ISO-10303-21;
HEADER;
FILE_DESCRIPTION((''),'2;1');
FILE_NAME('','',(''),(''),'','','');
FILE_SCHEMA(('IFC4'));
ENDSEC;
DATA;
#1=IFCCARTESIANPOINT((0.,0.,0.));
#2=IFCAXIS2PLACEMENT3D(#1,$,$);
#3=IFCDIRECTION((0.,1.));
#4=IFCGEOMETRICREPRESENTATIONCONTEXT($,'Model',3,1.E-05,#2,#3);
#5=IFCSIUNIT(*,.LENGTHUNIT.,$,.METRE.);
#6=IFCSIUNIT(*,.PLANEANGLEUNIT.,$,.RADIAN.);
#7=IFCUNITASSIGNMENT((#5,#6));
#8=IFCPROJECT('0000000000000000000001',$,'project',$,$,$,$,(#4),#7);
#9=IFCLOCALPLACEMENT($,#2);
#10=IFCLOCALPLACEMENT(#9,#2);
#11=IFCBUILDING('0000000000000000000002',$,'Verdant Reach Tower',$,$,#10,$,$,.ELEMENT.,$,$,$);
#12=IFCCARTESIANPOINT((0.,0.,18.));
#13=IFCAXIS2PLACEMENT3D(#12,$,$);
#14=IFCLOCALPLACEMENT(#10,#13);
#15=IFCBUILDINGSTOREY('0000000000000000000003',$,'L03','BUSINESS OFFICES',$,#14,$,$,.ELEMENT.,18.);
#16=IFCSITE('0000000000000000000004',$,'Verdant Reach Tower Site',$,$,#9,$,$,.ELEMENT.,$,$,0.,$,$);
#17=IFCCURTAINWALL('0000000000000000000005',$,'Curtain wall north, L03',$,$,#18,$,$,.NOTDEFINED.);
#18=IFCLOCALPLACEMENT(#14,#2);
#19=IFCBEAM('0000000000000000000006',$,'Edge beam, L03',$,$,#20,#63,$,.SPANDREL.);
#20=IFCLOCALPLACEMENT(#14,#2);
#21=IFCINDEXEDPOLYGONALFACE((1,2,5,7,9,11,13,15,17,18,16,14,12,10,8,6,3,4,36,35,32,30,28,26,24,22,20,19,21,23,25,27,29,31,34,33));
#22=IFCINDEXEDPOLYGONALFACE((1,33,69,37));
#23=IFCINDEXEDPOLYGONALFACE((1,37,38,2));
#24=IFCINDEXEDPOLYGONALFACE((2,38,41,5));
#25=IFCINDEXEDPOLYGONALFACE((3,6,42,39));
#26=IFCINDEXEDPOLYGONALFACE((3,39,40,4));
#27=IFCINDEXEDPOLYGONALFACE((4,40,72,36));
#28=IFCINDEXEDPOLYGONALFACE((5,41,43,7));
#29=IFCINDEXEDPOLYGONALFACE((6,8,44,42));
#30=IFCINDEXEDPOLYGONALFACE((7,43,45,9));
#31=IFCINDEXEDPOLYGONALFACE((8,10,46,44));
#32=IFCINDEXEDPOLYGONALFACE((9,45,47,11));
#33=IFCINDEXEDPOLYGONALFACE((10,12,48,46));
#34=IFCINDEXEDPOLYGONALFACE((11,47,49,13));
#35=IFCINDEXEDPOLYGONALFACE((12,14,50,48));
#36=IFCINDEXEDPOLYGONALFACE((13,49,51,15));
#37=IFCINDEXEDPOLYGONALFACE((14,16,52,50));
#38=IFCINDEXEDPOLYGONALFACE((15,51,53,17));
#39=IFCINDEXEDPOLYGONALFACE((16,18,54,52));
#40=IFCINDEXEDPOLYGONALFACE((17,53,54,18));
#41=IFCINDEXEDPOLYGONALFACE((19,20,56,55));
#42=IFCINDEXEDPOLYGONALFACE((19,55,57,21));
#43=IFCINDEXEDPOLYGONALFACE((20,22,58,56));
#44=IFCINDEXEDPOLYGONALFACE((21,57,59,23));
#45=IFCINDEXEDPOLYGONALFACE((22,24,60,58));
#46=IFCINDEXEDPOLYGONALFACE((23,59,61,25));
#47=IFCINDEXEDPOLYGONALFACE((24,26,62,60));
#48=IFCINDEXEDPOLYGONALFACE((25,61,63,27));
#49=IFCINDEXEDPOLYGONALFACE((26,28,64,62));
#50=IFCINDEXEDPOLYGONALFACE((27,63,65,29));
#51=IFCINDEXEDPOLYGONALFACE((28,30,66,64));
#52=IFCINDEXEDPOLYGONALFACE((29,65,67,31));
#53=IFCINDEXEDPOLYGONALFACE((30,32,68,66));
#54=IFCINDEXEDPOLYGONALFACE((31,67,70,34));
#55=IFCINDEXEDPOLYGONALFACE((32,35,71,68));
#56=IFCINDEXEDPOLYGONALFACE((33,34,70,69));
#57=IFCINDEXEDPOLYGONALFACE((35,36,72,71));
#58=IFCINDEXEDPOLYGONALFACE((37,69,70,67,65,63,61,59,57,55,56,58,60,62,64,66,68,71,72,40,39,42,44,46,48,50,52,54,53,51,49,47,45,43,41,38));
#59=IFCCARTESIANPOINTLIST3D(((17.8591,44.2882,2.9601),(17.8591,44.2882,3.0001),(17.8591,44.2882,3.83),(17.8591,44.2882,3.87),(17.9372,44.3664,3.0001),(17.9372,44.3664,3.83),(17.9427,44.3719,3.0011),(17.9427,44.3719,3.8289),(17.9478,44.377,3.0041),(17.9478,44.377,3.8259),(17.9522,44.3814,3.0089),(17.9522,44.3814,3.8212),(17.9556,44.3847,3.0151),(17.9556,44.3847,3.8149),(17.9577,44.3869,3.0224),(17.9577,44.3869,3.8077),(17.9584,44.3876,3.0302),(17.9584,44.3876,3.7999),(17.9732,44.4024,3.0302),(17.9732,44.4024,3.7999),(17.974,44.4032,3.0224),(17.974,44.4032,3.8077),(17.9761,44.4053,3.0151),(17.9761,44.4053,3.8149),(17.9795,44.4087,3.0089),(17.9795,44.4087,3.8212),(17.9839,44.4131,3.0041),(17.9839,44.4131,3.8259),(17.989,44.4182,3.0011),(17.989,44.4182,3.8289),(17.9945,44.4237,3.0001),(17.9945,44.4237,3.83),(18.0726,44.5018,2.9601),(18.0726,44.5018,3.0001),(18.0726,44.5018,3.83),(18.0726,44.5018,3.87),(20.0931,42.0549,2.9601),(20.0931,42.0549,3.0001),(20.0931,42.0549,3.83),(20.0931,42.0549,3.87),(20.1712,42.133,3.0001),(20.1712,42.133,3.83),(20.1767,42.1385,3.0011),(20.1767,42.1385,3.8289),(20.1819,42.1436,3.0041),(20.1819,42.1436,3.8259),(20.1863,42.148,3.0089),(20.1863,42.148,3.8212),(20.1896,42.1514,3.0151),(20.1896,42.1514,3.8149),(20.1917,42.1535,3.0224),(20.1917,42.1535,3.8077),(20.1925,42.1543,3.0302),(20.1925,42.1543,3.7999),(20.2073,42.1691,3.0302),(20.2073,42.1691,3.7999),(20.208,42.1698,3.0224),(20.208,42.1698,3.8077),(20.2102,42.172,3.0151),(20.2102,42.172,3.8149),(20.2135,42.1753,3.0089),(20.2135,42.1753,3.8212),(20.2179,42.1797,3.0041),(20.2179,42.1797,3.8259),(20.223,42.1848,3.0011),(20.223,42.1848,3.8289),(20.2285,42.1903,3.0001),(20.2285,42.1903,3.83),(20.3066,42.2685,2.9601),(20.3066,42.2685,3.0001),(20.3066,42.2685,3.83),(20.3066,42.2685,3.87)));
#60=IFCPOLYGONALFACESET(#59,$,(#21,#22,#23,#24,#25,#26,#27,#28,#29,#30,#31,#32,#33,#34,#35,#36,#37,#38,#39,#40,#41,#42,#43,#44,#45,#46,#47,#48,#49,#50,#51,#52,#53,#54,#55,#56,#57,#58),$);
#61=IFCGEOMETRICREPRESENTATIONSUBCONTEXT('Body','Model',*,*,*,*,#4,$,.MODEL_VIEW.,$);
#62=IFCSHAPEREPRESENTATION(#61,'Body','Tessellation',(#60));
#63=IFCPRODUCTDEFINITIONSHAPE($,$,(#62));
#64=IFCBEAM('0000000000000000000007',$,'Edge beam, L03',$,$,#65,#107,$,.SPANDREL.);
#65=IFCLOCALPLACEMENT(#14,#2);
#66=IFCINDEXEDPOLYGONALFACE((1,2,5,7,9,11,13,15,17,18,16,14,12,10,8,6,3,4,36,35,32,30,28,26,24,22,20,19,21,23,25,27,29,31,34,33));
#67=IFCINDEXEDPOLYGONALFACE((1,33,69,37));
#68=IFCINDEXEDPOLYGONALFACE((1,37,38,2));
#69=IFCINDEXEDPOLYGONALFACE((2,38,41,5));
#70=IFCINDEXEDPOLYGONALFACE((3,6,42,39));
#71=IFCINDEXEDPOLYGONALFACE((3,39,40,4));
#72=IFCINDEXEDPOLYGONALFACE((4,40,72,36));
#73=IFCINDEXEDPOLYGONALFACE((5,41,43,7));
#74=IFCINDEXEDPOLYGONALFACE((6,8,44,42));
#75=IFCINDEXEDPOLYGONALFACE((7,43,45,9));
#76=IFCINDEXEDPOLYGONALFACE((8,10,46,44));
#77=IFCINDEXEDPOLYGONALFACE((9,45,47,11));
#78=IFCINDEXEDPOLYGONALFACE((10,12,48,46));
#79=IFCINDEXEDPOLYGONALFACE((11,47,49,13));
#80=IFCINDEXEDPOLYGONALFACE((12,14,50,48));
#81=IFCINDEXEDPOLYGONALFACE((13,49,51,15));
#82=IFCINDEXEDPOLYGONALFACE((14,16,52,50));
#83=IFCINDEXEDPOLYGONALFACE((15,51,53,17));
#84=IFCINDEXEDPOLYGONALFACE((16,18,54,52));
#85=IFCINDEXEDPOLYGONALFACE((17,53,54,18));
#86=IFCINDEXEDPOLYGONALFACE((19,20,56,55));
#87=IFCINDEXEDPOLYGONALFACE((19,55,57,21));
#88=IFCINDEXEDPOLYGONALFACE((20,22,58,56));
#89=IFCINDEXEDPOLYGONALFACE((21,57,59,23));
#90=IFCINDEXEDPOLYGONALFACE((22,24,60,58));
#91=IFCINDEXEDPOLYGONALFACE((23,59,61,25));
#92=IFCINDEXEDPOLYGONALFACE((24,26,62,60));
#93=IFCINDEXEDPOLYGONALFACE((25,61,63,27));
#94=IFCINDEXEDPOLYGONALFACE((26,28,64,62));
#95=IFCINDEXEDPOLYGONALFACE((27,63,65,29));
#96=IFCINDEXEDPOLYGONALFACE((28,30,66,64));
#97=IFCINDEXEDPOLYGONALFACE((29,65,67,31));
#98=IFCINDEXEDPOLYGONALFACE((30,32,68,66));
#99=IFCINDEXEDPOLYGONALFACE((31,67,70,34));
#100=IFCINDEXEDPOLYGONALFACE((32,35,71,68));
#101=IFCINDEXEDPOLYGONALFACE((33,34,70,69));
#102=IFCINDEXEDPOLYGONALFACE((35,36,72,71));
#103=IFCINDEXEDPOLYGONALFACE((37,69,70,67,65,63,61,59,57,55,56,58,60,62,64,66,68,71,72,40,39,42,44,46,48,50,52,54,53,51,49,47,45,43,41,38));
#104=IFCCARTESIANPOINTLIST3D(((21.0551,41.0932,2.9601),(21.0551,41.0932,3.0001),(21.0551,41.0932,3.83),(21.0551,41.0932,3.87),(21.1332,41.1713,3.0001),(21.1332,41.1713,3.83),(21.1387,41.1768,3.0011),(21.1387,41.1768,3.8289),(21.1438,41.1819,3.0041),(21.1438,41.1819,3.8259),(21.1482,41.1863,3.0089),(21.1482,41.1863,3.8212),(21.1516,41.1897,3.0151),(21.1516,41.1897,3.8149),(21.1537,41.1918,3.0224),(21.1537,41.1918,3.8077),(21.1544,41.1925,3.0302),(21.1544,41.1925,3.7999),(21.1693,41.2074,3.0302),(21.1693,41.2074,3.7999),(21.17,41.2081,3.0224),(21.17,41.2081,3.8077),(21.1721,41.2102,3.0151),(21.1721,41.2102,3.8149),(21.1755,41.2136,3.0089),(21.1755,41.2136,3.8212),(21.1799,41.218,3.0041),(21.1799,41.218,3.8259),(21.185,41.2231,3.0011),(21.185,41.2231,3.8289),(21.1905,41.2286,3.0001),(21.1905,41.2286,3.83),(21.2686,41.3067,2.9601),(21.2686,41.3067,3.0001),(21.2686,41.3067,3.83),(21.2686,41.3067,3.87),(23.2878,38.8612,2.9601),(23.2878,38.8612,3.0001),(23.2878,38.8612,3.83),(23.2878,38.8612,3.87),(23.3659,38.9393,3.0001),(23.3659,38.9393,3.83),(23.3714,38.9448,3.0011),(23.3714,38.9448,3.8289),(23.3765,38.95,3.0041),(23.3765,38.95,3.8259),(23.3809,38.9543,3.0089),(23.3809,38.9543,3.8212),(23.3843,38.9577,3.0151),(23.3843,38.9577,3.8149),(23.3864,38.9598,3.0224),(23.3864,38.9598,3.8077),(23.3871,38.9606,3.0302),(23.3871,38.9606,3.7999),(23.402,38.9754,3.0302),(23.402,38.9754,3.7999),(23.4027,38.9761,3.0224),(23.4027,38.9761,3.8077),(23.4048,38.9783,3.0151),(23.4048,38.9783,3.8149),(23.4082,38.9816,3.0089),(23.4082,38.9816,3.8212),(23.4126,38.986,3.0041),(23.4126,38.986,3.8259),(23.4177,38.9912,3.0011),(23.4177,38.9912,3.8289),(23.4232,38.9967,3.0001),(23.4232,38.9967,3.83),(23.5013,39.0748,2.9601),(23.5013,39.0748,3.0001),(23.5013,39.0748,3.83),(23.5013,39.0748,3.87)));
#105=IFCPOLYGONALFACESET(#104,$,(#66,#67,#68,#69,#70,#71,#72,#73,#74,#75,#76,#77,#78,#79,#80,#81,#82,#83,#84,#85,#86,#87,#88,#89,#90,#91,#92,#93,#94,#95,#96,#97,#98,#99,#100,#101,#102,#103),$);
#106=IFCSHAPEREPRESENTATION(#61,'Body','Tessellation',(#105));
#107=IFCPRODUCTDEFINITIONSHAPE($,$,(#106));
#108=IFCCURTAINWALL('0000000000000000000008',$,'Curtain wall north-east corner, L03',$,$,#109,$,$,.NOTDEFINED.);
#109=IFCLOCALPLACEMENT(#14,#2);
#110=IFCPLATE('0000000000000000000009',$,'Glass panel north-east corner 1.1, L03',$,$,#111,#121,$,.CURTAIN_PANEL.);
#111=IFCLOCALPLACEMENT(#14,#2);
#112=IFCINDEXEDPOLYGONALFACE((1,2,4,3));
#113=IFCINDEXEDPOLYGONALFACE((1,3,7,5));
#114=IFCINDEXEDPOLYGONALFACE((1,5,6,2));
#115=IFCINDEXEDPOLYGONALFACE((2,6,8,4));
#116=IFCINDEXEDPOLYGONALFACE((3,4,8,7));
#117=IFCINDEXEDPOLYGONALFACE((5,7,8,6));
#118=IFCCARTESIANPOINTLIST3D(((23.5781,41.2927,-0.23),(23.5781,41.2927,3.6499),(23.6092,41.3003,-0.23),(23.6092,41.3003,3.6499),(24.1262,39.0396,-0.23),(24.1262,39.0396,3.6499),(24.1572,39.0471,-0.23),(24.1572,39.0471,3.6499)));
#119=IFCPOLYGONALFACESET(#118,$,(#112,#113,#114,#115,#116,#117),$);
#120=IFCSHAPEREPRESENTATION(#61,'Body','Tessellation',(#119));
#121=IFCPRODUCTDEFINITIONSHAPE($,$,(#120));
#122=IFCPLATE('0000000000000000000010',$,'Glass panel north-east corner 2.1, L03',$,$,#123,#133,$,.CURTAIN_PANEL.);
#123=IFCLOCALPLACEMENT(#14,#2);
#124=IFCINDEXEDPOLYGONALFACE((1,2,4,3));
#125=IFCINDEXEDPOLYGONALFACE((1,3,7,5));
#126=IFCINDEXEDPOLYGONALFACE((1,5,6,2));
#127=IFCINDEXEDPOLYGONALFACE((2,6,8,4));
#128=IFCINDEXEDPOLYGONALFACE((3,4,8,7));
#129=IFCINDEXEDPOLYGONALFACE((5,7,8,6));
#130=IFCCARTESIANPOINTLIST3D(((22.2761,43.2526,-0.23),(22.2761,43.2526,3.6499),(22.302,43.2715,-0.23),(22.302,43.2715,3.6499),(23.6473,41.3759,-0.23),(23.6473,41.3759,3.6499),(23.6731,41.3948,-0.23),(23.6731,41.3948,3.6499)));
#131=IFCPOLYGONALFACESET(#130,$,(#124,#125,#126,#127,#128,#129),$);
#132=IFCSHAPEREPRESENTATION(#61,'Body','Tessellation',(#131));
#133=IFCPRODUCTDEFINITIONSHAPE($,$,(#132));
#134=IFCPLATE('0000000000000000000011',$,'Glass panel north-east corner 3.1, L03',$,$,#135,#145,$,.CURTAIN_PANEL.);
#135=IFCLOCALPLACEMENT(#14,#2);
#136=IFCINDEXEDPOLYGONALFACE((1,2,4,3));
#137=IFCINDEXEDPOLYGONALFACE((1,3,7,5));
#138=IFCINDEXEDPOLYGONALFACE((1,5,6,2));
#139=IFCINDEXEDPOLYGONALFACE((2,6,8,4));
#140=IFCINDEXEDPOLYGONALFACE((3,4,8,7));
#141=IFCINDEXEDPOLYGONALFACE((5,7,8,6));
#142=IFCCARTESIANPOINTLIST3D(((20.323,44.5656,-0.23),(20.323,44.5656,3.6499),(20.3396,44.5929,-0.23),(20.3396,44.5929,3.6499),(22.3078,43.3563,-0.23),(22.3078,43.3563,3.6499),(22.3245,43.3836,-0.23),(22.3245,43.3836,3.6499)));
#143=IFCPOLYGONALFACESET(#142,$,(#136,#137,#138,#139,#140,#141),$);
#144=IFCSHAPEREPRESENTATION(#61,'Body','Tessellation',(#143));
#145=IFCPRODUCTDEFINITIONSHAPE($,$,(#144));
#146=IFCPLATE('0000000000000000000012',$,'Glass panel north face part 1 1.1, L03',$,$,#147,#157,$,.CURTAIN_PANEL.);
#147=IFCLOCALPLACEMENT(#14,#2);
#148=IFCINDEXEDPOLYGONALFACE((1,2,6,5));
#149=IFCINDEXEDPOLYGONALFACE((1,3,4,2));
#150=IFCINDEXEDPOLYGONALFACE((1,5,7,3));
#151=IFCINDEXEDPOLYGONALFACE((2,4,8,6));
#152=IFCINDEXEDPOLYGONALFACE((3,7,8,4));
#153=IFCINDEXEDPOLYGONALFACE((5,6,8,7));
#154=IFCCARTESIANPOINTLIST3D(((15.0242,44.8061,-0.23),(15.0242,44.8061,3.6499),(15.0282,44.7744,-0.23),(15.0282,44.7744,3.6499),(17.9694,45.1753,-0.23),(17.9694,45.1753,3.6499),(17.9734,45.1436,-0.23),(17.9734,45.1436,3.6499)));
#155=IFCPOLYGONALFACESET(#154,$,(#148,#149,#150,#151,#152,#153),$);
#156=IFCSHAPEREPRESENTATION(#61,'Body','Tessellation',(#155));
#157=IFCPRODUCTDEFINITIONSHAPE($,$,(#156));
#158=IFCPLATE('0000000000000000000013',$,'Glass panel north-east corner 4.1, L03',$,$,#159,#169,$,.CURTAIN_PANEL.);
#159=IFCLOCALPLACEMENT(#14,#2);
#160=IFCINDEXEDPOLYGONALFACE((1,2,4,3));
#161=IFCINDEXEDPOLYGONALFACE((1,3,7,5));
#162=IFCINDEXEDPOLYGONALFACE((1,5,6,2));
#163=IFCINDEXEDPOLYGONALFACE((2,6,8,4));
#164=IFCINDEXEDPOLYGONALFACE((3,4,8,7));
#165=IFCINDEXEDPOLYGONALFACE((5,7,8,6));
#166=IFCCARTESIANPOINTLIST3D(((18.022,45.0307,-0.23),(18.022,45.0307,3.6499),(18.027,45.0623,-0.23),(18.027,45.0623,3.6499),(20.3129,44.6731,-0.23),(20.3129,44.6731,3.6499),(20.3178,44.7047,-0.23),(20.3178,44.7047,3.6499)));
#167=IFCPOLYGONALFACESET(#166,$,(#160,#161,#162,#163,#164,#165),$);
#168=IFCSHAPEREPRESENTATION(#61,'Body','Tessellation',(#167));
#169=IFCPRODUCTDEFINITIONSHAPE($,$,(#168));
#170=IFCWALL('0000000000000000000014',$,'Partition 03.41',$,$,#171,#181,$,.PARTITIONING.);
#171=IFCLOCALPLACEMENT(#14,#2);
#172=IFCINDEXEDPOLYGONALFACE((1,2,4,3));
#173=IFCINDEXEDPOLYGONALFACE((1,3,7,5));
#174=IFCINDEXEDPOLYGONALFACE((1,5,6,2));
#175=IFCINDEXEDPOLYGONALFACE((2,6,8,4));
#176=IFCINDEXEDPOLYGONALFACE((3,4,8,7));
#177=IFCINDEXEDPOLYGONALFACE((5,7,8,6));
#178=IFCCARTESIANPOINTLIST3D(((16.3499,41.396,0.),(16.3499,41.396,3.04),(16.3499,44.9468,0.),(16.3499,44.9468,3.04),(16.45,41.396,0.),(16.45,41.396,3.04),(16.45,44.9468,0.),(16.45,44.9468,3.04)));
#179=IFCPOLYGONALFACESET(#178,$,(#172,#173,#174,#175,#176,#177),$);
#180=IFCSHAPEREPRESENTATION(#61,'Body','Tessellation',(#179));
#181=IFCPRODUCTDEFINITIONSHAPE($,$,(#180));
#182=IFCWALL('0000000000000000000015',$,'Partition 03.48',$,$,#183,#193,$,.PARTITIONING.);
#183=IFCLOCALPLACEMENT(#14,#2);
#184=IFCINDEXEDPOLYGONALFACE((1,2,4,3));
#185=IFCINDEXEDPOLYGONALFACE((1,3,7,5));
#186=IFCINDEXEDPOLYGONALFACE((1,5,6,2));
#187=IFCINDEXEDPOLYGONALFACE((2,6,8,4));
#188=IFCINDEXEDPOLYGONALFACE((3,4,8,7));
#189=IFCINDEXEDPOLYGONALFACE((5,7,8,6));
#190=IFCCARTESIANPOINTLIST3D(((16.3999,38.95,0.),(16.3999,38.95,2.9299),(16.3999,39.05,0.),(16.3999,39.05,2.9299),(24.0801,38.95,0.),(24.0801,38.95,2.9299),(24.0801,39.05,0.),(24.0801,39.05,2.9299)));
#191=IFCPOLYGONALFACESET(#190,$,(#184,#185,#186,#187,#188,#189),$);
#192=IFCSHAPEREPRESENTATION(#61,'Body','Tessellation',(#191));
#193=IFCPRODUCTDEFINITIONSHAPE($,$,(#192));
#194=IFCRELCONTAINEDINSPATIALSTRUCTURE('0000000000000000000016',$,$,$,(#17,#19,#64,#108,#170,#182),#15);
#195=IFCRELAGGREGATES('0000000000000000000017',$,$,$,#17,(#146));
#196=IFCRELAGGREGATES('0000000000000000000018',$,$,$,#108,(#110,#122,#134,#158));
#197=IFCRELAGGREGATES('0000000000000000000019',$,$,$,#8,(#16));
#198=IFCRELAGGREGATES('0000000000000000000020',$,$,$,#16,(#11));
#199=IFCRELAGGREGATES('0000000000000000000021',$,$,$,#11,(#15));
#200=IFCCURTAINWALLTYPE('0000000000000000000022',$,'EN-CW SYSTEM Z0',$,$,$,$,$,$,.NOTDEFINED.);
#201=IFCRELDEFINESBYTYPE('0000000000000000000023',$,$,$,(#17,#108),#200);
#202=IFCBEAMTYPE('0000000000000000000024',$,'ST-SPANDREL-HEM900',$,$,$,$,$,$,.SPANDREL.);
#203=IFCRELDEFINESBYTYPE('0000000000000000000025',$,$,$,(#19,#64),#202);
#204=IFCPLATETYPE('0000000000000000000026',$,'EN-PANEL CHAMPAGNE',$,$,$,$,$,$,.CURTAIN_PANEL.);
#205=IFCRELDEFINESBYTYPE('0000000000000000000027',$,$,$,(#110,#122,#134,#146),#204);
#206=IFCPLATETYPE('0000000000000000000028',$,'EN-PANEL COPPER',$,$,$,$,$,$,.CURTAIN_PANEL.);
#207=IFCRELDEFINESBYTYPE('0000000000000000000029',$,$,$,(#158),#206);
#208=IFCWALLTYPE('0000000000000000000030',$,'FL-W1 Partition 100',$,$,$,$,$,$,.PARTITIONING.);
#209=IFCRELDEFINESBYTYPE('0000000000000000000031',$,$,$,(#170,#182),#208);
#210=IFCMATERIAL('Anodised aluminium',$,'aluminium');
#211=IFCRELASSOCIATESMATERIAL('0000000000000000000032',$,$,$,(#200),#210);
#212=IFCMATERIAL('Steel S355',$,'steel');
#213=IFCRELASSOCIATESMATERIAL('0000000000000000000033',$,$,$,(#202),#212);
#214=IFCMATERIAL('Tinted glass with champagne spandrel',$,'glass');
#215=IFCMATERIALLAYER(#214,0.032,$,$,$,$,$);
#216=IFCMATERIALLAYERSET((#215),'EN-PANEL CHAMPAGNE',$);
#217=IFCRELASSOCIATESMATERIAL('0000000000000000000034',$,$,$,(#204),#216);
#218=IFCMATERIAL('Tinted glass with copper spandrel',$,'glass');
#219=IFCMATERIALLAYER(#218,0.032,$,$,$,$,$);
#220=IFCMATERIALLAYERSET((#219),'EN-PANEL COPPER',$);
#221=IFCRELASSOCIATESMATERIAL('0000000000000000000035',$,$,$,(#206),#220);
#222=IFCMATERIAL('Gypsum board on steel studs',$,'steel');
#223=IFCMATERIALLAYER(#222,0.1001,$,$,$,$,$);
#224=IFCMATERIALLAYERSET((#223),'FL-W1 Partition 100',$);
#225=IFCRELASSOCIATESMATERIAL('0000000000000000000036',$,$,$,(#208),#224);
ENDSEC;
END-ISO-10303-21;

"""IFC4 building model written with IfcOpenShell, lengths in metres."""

from ifc_helpers import new_model, si_unit, direction, frame, frame_2d, origin, origin_2d, place, context, subcontext, project, spatial, rectangle, i_section, extrude, material, layer, layer_set, material_profile, profile_set, type_object, element, aggregate, save


model = new_model("IFC4")

# Units and contexts
model_context = context("Model", 3, precision=1e-05, world=origin(), true_north=direction((0.0, 1.0)))
body_context = subcontext(model_context, "Body", "Model", "MODEL_VIEW")
ifc_project = project(units=[si_unit("LENGTHUNIT", "METRE"), si_unit("PLANEANGLEUNIT", "RADIAN")], contexts=[model_context])

# Site, building, storey
site_placement = place(None, origin())
site = spatial("IfcSite", under=ifc_project, at=site_placement, Name="Verdant Reach Tower Site", CompositionType="ELEMENT", RefElevation=0.0)
building_placement = place(site_placement, origin())
building = spatial("IfcBuilding", under=site, at=building_placement, Name="Verdant Reach Tower", CompositionType="ELEMENT")
storey_placement = place(building_placement, frame((0.0, 0.0, 18.0)))
storey = spatial("IfcBuildingStorey", under=building, at=storey_placement, Name="L03", Description="BUSINESS OFFICES", CompositionType="ELEMENT", Elevation=18.0)

# Curtain wall
ifc_material_1 = material(Name="Anodised aluminium", Category="aluminium")
curtain_wall_type = type_object("IfcCurtainWallType", Name="EN-CW SYSTEM Z0", PredefinedType="NOTDEFINED", material=ifc_material_1)
curtain_wall_1_placement = place(storey_placement, origin())
curtain_wall_1 = element("IfcCurtainWall", 1, at=curtain_wall_1_placement, inside=storey, type_object=curtain_wall_type, Name="Curtain wall north, L03", PredefinedType="NOTDEFINED")

# Beams
ifc_material_2 = material(Name="Steel S355", Category="steel")
ifc_material_profile_1 = material_profile(ifc_material_2, i_section(OverallWidth=0.302, OverallDepth=0.9099, WebThickness=0.021, FlangeThickness=0.04, FilletRadius=0.03, at=origin_2d()), Name="HEM 900")
ifc_profile_set_1 = profile_set([ifc_material_profile_1], Name="Steel S355")
beam_type_1 = type_object("IfcBeamType", Name="ST-SPANDREL-HEM900", PredefinedType="SPANDREL", material=ifc_profile_set_1)
beam_1_placement = place(storey_placement, frame((17.9658, 44.395, 3.415), z_axis=(0.707223, -0.706991, 0.0), x_axis=(0.706991, 0.707223, 0.0)))
element("IfcBeam", 2, at=beam_1_placement, inside=storey, type_object=beam_type_1, Name="Edge beam, L03", PredefinedType="SPANDREL", context=body_context, shape_type="SweptSolid", body=[
    extrude(i_section(OverallWidth=0.302, OverallDepth=0.9099, WebThickness=0.021, FlangeThickness=0.04, FilletRadius=0.03, at=origin_2d()), origin(), (0.0, 0.0, 1.0), 3.1589),
])
beam_2_placement = place(storey_placement, frame((21.1619, 41.2, 3.415), z_axis=(0.707223, -0.706991, 0.0), x_axis=(0.706991, 0.707223, 0.0)))
element("IfcBeam", 3, at=beam_2_placement, inside=storey, type_object=beam_type_1, Name="Edge beam, L03", PredefinedType="SPANDREL", context=body_context, shape_type="SweptSolid", body=[
    extrude(i_section(OverallWidth=0.302, OverallDepth=0.9099, WebThickness=0.021, FlangeThickness=0.04, FilletRadius=0.03, at=origin_2d()), origin(), (0.0, 0.0, 1.0), 3.157),
])

# Curtain wall, plates
curtain_wall_2_placement = place(storey_placement, origin())
curtain_wall_2 = element("IfcCurtainWall", 4, at=curtain_wall_2_placement, inside=storey, type_object=curtain_wall_type, Name="Curtain wall north-east corner, L03", PredefinedType="NOTDEFINED")
ifc_material_3 = material(Name="Tinted glass with champagne spandrel", Category="glass")
ifc_layer_1 = layer(ifc_material_3, 0.032)
ifc_layer_set_1 = layer_set([ifc_layer_1], Name="EN-PANEL CHAMPAGNE")
plate_type_1 = type_object("IfcPlateType", Name="EN-PANEL CHAMPAGNE", PredefinedType="CURTAIN_PANEL", material=ifc_layer_set_1)
plate_1_placement = place(storey_placement, frame((23.8677, 40.1699, -0.23), z_axis=(0.0, 0.0, 1.0), x_axis=(-0.236347, 0.971669, 0.0)))
plate_1 = element("IfcPlate", 5, at=plate_1_placement, type_object=plate_type_1, Name="Glass panel north-east corner 1.1, L03", PredefinedType="CURTAIN_PANEL", context=body_context, shape_type="SweptSolid", body=[
    extrude(rectangle(XDim=2.3188, YDim=0.032, at=origin_2d()), origin(), (0.0, 0.0, 1.0), 3.8799),
])
plate_2_placement = place(storey_placement, frame((22.9746, 42.3237, -0.23), z_axis=(0.0, 0.0, 1.0), x_axis=(-0.589927, 0.807457, 0.0)))
plate_2 = element("IfcPlate", 6, at=plate_2_placement, type_object=plate_type_1, Name="Glass panel north-east corner 2.1, L03", PredefinedType="CURTAIN_PANEL", context=body_context, shape_type="SweptSolid", body=[
    extrude(rectangle(XDim=2.3242, YDim=0.032, at=origin_2d()), origin(), (0.0, 0.0, 1.0), 3.8799),
])
plate_3_placement = place(storey_placement, frame((21.3237, 43.9746, -0.23), z_axis=(0.0, 0.0, 1.0), x_axis=(-0.853989, 0.520292, 0.0)))
plate_3 = element("IfcPlate", 7, at=plate_3_placement, type_object=plate_type_1, Name="Glass panel north-east corner 3.1, L03", PredefinedType="CURTAIN_PANEL", context=body_context, shape_type="SweptSolid", body=[
    extrude(rectangle(XDim=2.3242, YDim=0.032, at=origin_2d()), origin(), (0.0, 0.0, 1.0), 3.8799),
])

# Plates
plate_4_placement = place(storey_placement, frame((16.4988, 44.9749, -0.23), z_axis=(0.0, 0.0, 1.0), x_axis=(-0.992234, -0.124384, 0.0)))
plate_4 = element("IfcPlate", 8, at=plate_4_placement, type_object=plate_type_1, Name="Glass panel north face part 1 1.1, L03", PredefinedType="CURTAIN_PANEL", context=body_context, shape_type="SweptSolid", body=[
    extrude(rectangle(XDim=2.9683, YDim=0.032, at=origin_2d()), origin(), (0.0, 0.0, 1.0), 3.8799),
])
aggregate(curtain_wall_1, [plate_4])
ifc_material_4 = material(Name="Tinted glass with copper spandrel", Category="glass")
ifc_layer_2 = layer(ifc_material_4, 0.032)
ifc_layer_set_2 = layer_set([ifc_layer_2], Name="EN-PANEL COPPER")
plate_type_2 = type_object("IfcPlateType", Name="EN-PANEL COPPER", PredefinedType="CURTAIN_PANEL", material=ifc_layer_set_2)
plate_5_placement = place(storey_placement, frame((19.1699, 44.8677, -0.23), z_axis=(0.0, 0.0, 1.0), x_axis=(-0.988035, 0.154233, 0.0)))
plate_5 = element("IfcPlate", 9, at=plate_5_placement, type_object=plate_type_2, Name="Glass panel north-east corner 4.1, L03", PredefinedType="CURTAIN_PANEL", context=body_context, shape_type="SweptSolid", body=[
    extrude(rectangle(XDim=2.3186, YDim=0.032, at=origin_2d()), origin(), (0.0, 0.0, 1.0), 3.8799),
])
aggregate(curtain_wall_2, [plate_1, plate_2, plate_3, plate_5])

# Walls
ifc_material_5 = material(Name="Gypsum board on steel studs", Category="steel")
ifc_layer_3 = layer(ifc_material_5, 0.1001)
ifc_layer_set_3 = layer_set([ifc_layer_3], Name="FL-W1 Partition 100")
wall_type_1 = type_object("IfcWallType", Name="FL-W1 Partition 100", PredefinedType="PARTITIONING", material=ifc_layer_set_3)
wall_1_placement = place(storey_placement, frame((16.3999, 41.396, 0.0), z_axis=(0.0, 0.0, 1.0), x_axis=(0.0, 1.0, 0.0)))
element("IfcWall", 10, at=wall_1_placement, inside=storey, type_object=wall_type_1, Name="Partition 03.41", PredefinedType="PARTITIONING", context=body_context, shape_type="SweptSolid", body=[
    extrude(rectangle(XDim=3.5508, YDim=0.1001, at=frame_2d((1.7754, 0.0))), origin(), (0.0, 0.0, 1.0), 3.04),
])
wall_2_placement = place(storey_placement, frame((24.0801, 39.0, 0.0), z_axis=(0.0, 0.0, 1.0), x_axis=(-1.0, 0.0, 0.0)))
element("IfcWall", 11, at=wall_2_placement, inside=storey, type_object=wall_type_1, Name="Partition 03.48", PredefinedType="PARTITIONING", context=body_context, shape_type="SweptSolid", body=[
    extrude(rectangle(XDim=7.6802, YDim=0.1001, at=frame_2d((3.8401, 0.0))), origin(), (0.0, 0.0, 1.0), 2.9299),
])

save(model, "model.ifc")
